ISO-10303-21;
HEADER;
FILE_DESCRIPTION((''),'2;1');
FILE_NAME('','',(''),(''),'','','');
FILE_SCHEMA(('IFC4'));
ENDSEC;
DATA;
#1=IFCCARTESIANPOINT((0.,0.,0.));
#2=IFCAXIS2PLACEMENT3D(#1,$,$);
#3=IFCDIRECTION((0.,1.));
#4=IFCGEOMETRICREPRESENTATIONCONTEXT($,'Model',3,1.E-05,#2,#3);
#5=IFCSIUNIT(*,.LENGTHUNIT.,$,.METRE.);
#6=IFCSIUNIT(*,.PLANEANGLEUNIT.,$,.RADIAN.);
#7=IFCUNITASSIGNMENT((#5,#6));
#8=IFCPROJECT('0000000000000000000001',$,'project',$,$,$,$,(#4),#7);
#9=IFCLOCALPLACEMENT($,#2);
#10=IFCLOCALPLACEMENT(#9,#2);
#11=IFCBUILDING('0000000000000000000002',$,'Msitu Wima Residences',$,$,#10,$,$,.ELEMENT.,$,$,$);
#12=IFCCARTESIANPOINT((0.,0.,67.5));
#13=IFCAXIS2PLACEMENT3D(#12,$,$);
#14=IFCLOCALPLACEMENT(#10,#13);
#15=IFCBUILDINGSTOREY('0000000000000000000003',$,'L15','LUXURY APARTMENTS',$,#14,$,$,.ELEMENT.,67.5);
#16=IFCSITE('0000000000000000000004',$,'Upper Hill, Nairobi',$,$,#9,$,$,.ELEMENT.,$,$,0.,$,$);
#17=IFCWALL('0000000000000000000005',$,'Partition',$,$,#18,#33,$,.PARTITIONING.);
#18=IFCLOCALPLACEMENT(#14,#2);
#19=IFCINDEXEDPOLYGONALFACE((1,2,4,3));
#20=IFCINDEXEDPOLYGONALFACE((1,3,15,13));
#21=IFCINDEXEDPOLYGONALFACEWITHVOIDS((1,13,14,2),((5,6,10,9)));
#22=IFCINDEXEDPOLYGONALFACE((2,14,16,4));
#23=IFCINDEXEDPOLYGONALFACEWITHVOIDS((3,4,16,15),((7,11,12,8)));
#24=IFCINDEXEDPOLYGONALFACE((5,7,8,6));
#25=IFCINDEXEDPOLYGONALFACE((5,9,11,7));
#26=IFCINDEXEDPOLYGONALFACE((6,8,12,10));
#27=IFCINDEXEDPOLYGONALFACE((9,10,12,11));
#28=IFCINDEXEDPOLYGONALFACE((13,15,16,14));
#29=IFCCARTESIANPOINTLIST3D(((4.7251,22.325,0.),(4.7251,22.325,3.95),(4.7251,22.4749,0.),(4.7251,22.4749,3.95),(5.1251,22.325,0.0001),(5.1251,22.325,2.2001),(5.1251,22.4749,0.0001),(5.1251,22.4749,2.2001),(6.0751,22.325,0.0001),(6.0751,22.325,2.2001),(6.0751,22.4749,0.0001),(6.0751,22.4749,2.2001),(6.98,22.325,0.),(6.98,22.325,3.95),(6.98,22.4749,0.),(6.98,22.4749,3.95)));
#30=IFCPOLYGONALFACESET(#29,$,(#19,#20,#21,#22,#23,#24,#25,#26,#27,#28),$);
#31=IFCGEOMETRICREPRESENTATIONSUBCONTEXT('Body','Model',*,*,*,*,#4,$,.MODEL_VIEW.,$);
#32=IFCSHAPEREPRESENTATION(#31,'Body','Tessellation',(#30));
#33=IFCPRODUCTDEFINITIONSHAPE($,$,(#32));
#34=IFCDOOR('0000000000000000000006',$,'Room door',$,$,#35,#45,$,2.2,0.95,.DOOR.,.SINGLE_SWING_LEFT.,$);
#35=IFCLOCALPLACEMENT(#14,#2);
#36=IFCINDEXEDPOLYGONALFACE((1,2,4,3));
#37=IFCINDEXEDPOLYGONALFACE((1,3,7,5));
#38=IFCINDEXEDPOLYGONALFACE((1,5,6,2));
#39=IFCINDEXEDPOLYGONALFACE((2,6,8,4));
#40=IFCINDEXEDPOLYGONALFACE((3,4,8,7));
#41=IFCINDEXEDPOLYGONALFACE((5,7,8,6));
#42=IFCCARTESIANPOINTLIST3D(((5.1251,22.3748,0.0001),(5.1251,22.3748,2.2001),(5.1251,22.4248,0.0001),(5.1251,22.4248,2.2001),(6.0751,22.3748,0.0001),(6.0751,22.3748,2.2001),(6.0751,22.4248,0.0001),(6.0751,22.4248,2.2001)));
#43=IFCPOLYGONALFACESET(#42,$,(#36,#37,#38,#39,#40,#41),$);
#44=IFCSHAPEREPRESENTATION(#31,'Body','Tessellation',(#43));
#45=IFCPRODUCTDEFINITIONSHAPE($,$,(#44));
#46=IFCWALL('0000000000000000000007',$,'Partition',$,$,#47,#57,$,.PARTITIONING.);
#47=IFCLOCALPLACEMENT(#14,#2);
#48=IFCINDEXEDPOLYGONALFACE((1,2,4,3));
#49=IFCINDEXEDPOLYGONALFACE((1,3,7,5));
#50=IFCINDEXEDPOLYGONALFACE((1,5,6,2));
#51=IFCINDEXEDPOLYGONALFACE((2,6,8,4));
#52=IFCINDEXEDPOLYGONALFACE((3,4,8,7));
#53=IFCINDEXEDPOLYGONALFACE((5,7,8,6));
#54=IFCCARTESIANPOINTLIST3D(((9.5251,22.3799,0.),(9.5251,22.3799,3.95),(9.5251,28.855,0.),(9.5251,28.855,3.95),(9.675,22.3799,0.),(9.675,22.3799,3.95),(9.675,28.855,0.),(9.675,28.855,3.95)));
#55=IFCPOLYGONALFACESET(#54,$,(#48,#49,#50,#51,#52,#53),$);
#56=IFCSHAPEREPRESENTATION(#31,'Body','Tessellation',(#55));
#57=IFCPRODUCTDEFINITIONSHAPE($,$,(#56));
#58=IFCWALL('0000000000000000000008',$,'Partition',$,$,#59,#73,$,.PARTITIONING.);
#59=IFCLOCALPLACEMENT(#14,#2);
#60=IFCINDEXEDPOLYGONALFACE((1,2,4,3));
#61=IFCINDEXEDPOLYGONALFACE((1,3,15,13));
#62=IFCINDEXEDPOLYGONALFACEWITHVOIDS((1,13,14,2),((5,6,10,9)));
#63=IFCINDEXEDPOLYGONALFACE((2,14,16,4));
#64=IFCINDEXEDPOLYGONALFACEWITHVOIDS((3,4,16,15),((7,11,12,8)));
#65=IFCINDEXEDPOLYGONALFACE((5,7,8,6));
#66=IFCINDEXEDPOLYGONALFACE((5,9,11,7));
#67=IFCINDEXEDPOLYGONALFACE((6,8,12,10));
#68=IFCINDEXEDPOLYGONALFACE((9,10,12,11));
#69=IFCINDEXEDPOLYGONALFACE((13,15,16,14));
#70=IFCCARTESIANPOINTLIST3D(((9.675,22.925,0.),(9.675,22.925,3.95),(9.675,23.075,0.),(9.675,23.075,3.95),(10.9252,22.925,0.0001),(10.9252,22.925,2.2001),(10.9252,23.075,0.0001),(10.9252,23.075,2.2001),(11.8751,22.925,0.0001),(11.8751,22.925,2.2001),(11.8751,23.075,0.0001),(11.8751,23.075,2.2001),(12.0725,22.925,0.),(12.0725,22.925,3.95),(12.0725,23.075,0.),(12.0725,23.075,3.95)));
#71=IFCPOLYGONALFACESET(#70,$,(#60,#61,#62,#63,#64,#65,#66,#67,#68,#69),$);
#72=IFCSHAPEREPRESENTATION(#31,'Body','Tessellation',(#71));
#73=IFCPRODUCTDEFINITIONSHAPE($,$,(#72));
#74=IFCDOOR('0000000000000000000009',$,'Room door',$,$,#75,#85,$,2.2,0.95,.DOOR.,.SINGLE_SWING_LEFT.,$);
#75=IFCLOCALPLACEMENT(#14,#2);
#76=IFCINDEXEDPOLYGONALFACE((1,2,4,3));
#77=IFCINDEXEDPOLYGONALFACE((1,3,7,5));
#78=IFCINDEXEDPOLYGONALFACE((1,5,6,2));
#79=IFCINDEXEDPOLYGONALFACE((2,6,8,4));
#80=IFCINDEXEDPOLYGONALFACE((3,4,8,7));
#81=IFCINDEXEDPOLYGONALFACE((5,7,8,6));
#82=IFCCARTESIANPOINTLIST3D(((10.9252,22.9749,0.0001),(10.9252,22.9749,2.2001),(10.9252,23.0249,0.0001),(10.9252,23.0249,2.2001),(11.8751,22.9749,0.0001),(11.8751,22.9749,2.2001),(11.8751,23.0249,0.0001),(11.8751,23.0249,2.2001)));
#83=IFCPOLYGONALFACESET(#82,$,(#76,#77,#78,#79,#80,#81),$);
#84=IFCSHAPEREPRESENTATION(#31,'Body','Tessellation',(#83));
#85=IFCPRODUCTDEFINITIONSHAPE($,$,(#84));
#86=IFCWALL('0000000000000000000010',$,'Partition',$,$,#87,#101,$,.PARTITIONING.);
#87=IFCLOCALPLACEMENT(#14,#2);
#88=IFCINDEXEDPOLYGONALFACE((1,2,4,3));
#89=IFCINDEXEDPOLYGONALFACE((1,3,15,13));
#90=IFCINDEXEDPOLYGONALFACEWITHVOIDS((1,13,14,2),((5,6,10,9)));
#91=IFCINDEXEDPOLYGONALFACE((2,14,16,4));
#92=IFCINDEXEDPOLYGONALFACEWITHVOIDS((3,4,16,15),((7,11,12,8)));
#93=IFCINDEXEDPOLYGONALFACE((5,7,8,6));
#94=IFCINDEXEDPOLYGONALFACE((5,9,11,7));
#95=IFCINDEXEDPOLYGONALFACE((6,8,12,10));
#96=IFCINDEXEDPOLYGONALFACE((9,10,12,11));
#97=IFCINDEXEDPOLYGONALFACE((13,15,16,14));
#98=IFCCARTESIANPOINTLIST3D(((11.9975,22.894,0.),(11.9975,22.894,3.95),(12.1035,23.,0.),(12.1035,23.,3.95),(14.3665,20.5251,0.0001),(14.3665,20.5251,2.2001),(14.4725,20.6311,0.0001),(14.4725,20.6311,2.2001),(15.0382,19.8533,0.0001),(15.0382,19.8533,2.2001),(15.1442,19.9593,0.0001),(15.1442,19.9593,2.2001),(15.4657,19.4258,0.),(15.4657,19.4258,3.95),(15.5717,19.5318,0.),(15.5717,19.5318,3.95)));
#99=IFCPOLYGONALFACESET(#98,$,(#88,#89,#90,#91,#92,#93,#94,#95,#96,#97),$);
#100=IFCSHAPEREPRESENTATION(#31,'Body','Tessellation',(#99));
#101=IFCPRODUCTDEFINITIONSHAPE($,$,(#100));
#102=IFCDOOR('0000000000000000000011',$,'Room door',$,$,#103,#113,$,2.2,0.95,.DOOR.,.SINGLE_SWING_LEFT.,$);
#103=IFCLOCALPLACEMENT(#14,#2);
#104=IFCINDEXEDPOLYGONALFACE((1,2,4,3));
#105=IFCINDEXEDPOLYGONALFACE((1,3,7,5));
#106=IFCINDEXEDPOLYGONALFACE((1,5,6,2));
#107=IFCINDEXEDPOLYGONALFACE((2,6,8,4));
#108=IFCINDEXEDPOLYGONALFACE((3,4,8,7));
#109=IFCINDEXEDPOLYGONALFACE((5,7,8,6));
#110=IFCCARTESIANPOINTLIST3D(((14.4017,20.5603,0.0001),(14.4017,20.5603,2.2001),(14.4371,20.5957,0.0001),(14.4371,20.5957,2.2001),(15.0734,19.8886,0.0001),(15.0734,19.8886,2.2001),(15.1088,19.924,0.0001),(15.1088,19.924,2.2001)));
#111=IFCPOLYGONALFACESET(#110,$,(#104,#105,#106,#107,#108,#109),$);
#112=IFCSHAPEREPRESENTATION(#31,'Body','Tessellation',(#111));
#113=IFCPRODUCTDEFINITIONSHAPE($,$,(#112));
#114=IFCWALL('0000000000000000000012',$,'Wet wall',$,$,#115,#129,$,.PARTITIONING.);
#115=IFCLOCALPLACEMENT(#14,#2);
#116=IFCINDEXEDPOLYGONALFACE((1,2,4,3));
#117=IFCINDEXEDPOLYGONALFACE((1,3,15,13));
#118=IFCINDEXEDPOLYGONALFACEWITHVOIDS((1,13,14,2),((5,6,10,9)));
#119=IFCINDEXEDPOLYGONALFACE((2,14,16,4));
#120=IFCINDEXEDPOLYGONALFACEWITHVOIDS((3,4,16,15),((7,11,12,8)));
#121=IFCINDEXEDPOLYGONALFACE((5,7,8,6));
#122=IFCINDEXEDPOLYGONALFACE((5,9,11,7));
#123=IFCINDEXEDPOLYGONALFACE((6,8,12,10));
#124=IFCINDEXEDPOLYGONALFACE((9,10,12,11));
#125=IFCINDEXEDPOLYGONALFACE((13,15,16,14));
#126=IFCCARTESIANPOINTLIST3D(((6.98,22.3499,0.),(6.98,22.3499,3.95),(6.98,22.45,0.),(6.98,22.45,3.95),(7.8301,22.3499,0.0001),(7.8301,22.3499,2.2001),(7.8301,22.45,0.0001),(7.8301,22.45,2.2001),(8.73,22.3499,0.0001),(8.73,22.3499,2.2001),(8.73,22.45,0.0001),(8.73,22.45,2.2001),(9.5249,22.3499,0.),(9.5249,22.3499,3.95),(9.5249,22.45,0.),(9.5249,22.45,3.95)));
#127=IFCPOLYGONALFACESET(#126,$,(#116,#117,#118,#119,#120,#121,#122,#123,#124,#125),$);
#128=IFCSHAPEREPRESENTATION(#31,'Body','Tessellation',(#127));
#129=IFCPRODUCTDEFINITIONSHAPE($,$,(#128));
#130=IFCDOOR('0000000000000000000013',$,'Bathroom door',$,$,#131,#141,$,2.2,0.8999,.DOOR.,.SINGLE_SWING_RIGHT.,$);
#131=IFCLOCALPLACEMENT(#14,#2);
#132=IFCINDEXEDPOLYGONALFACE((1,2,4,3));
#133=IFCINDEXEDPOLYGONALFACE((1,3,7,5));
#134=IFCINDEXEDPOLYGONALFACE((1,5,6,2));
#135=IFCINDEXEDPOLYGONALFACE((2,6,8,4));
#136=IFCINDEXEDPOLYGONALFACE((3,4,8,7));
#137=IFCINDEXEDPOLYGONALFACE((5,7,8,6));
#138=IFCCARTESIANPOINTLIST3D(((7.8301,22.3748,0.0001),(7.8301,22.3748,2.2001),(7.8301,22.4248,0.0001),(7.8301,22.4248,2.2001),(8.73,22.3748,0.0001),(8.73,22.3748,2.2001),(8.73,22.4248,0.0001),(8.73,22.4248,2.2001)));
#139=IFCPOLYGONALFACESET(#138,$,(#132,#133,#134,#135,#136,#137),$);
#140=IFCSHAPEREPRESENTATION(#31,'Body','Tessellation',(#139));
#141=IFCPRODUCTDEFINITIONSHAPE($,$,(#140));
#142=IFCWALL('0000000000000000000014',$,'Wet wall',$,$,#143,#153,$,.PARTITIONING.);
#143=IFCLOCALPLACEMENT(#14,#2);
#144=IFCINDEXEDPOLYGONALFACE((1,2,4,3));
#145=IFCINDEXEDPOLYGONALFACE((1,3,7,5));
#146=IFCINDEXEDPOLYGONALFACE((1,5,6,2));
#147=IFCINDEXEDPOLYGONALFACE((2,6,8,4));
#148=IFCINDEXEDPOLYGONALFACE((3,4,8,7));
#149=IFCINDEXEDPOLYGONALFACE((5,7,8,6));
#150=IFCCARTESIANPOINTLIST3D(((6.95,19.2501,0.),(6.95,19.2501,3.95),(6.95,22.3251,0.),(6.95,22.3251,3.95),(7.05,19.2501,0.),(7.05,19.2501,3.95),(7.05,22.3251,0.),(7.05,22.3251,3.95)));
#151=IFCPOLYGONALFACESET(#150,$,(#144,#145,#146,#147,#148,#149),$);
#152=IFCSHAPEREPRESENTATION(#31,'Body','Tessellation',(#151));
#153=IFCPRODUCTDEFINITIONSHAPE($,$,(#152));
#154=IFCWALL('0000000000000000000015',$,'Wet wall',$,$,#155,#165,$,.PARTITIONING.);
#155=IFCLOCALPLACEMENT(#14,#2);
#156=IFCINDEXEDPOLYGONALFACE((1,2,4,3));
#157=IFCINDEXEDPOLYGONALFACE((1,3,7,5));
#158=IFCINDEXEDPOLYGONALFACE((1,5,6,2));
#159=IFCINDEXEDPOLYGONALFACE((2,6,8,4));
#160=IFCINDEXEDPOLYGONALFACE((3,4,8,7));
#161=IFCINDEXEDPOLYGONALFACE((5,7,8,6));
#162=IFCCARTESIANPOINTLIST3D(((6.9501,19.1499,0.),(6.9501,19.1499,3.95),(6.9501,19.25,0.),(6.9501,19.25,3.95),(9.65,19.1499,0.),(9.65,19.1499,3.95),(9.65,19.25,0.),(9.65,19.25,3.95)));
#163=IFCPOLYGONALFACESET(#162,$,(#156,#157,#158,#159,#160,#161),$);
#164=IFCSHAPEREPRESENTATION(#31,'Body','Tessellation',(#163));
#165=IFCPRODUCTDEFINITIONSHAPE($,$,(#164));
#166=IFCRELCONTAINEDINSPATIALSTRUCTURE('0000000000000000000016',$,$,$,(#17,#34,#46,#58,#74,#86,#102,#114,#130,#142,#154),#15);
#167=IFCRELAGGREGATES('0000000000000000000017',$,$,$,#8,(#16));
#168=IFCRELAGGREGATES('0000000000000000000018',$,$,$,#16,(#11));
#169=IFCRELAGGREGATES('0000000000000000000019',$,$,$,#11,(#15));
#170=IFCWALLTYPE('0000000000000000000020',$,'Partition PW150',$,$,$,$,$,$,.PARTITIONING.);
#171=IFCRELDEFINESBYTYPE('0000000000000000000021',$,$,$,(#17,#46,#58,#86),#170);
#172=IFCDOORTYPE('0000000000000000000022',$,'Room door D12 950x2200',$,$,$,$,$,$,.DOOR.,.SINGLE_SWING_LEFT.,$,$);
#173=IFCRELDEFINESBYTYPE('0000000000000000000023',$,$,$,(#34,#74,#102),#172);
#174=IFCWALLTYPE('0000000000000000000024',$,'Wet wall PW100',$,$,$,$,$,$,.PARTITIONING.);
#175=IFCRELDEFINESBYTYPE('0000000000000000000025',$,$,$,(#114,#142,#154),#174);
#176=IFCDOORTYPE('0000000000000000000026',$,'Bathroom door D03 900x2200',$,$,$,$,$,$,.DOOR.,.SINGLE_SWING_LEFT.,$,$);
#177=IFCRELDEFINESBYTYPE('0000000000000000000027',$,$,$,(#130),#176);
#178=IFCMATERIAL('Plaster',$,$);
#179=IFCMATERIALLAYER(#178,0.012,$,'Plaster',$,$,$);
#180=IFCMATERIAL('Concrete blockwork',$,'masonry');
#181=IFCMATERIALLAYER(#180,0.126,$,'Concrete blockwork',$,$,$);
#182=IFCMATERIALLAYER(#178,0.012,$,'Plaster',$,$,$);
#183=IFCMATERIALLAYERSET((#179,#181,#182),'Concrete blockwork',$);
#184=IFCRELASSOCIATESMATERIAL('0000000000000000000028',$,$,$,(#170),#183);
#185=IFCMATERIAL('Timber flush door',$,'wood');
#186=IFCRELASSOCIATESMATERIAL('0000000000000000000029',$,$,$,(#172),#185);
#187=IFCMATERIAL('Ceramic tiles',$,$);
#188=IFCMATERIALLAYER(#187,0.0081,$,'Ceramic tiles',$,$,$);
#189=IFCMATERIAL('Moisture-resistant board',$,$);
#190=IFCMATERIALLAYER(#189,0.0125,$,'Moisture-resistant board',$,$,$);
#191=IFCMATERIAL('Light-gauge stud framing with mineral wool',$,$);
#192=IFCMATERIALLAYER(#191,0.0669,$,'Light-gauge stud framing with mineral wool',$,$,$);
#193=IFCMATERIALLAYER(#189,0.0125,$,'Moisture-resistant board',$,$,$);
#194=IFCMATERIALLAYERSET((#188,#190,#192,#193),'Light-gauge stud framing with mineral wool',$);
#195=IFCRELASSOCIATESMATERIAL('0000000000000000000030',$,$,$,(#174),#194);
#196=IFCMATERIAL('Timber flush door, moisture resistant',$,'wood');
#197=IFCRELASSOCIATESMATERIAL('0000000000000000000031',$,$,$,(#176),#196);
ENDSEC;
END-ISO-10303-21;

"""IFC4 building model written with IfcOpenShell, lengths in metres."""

from ifc_helpers import new_model, si_unit, direction, frame, frame_2d, origin, place, context, subcontext, project, spatial, rectangle, extrude, material, layer, layer_set, type_object, element, fill, save


model = new_model("IFC4")

# Units and contexts
model_context = context("Model", 3, precision=1e-05, world=origin(), true_north=direction((0.0, 1.0)))
body_context = subcontext(model_context, "Body", "Model", "MODEL_VIEW")
ifc_project = project(units=[si_unit("LENGTHUNIT", "METRE"), si_unit("PLANEANGLEUNIT", "RADIAN")], contexts=[model_context])

# Site, building, storey
site_placement = place(None, origin())
site = spatial("IfcSite", under=ifc_project, at=site_placement, Name="Upper Hill, Nairobi", CompositionType="ELEMENT", RefElevation=0.0)
building_placement = place(site_placement, origin())
building = spatial("IfcBuilding", under=site, at=building_placement, Name="Msitu Wima Residences", CompositionType="ELEMENT")
storey_placement = place(building_placement, frame((0.0, 0.0, 67.5)))
storey = spatial("IfcBuildingStorey", under=building, at=storey_placement, Name="L15", Description="LUXURY APARTMENTS", CompositionType="ELEMENT", Elevation=67.5)

# Shared definitions
ifc_material_1 = material(Name="Plaster")
ifc_layer_1 = layer(ifc_material_1, 0.012, Name="Plaster")
ifc_material_2 = material(Name="Concrete blockwork", Category="masonry")
ifc_layer_2 = layer(ifc_material_2, 0.126, Name="Concrete blockwork")
ifc_layer_3 = layer(ifc_material_1, 0.012, Name="Plaster")
ifc_layer_set_1 = layer_set([ifc_layer_1, ifc_layer_2, ifc_layer_3], Name="Concrete blockwork")
wall_type_1 = type_object("IfcWallType", Name="Partition PW150", PredefinedType="PARTITIONING", material=ifc_layer_set_1)

# Wall, opening, door
wall_1_placement = place(storey_placement, frame((4.7251, 22.3999, 0.0), z_axis=(0.0, 0.0, 1.0), x_axis=(1.0, 0.0, 0.0)))
wall_1 = element("IfcWall", 1, at=wall_1_placement, inside=storey, type_object=wall_type_1, Name="Partition", PredefinedType="PARTITIONING", context=body_context, shape_type="SweptSolid", body=[
    extrude(rectangle(XDim=2.2549, YDim=0.1499, at=frame_2d((1.1274, 0.0))), origin(), (0.0, 0.0, 1.0), 3.95),
])
opening_1_placement = place(wall_1_placement, frame((0.3999, 0.0, 0.0)))
opening_1 = element("IfcOpeningElement", 2, at=opening_1_placement, cuts=wall_1, PredefinedType="OPENING", context=body_context, shape_type="SweptSolid", body=[
    extrude(rectangle(XDim=0.95, YDim=2.2, at=frame_2d((0.4751, 1.1001))), frame((0.0, 0.085, 0.0), z_axis=(0.0, -1.0, 0.0), x_axis=(1.0, 0.0, 0.0)), (0.0, 0.0, 1.0), 0.1699),
])
ifc_material_3 = material(Name="Timber flush door", Category="wood")
door_type_1 = type_object("IfcDoorType", Name="Room door D12 950x2200", OperationType="SINGLE_SWING_LEFT", PredefinedType="DOOR", material=ifc_material_3)
door_1_placement = place(opening_1_placement, origin())
door_1 = element("IfcDoor", 3, at=door_1_placement, inside=storey, type_object=door_type_1, Name="Room door", OperationType="SINGLE_SWING_LEFT", OverallHeight=2.2, OverallWidth=0.95, PredefinedType="DOOR", context=body_context, shape_type="SweptSolid", body=[
    extrude(rectangle(XDim=0.95, YDim=2.2, at=frame_2d((0.4751, 1.1001))), frame((0.0, 0.0249, 0.0), z_axis=(0.0, -1.0, 0.0), x_axis=(1.0, 0.0, 0.0)), (0.0, 0.0, 1.0), 0.05),
])
fill(opening_1, door_1)

# Wall
wall_2_placement = place(storey_placement, frame((9.6001, 22.3799, 0.0), z_axis=(0.0, 0.0, 1.0), x_axis=(0.0, 1.0, 0.0)))
element("IfcWall", 4, at=wall_2_placement, inside=storey, type_object=wall_type_1, Name="Partition", PredefinedType="PARTITIONING", context=body_context, shape_type="SweptSolid", body=[
    extrude(rectangle(XDim=6.4751, YDim=0.1499, at=frame_2d((3.2375, 0.0))), origin(), (0.0, 0.0, 1.0), 3.95),
])

# Walls, openings, doors
wall_3_placement = place(storey_placement, frame((9.675, 23.0, 0.0), z_axis=(0.0, 0.0, 1.0), x_axis=(1.0, 0.0, 0.0)))
wall_3 = element("IfcWall", 5, at=wall_3_placement, inside=storey, type_object=wall_type_1, Name="Partition", PredefinedType="PARTITIONING", context=body_context, shape_type="SweptSolid", body=[
    extrude(rectangle(XDim=2.3975, YDim=0.1499, at=frame_2d((1.1987, 0.0))), origin(), (0.0, 0.0, 1.0), 3.95),
])
opening_2_placement = place(wall_3_placement, frame((1.25, 0.0, 0.0)))
opening_2 = element("IfcOpeningElement", 6, at=opening_2_placement, cuts=wall_3, PredefinedType="OPENING", context=body_context, shape_type="SweptSolid", body=[
    extrude(rectangle(XDim=0.95, YDim=2.2, at=frame_2d((0.4751, 1.1001))), frame((0.0, 0.085, 0.0), z_axis=(0.0, -1.0, 0.0), x_axis=(1.0, 0.0, 0.0)), (0.0, 0.0, 1.0), 0.1699),
])
door_2_placement = place(opening_2_placement, origin())
door_2 = element("IfcDoor", 7, at=door_2_placement, inside=storey, type_object=door_type_1, Name="Room door", OperationType="SINGLE_SWING_LEFT", OverallHeight=2.2, OverallWidth=0.95, PredefinedType="DOOR", context=body_context, shape_type="SweptSolid", body=[
    extrude(rectangle(XDim=0.95, YDim=2.2, at=frame_2d((0.4751, 1.1001))), frame((0.0, 0.0249, 0.0), z_axis=(0.0, -1.0, 0.0), x_axis=(1.0, 0.0, 0.0)), (0.0, 0.0, 1.0), 0.05),
])
fill(opening_2, door_2)
wall_4_placement = place(storey_placement, frame((12.0505, 22.947, 0.0), z_axis=(0.0, 0.0, 1.0), x_axis=(0.707107, -0.707107, 0.0)))
wall_4 = element("IfcWall", 8, at=wall_4_placement, inside=storey, type_object=wall_type_1, Name="Partition", PredefinedType="PARTITIONING", context=body_context, shape_type="SweptSolid", body=[
    extrude(rectangle(XDim=4.9048, YDim=0.1499, at=frame_2d((2.4524, 0.0))), origin(), (0.0, 0.0, 1.0), 3.95),
])
opening_3_placement = place(wall_4_placement, frame((3.3501, 0.0, 0.0)))
opening_3 = element("IfcOpeningElement", 9, at=opening_3_placement, cuts=wall_4, PredefinedType="OPENING", context=body_context, shape_type="SweptSolid", body=[
    extrude(rectangle(XDim=0.95, YDim=2.2, at=frame_2d((0.4751, 1.1001))), frame((0.0, 0.085, 0.0), z_axis=(0.0, -1.0, 0.0), x_axis=(1.0, 0.0, 0.0)), (0.0, 0.0, 1.0), 0.1699),
])
door_3_placement = place(opening_3_placement, origin())
door_3 = element("IfcDoor", 10, at=door_3_placement, inside=storey, type_object=door_type_1, Name="Room door", OperationType="SINGLE_SWING_LEFT", OverallHeight=2.2, OverallWidth=0.95, PredefinedType="DOOR", context=body_context, shape_type="SweptSolid", body=[
    extrude(rectangle(XDim=0.95, YDim=2.2, at=frame_2d((0.4751, 1.1001))), frame((0.0, 0.0249, 0.0), z_axis=(0.0, -1.0, 0.0), x_axis=(1.0, 0.0, 0.0)), (0.0, 0.0, 1.0), 0.05),
])
fill(opening_3, door_3)
ifc_material_4 = material(Name="Ceramic tiles")
ifc_layer_4 = layer(ifc_material_4, 0.0081, Name="Ceramic tiles")
ifc_material_5 = material(Name="Moisture-resistant board")
ifc_layer_5 = layer(ifc_material_5, 0.0125, Name="Moisture-resistant board")
ifc_material_6 = material(Name="Light-gauge stud framing with mineral wool")
ifc_layer_6 = layer(ifc_material_6, 0.0669, Name="Light-gauge stud framing with mineral wool")
ifc_layer_7 = layer(ifc_material_5, 0.0125, Name="Moisture-resistant board")
ifc_layer_set_2 = layer_set([ifc_layer_4, ifc_layer_5, ifc_layer_6, ifc_layer_7], Name="Light-gauge stud framing with mineral wool")
wall_type_2 = type_object("IfcWallType", Name="Wet wall PW100", PredefinedType="PARTITIONING", material=ifc_layer_set_2)
wall_5_placement = place(storey_placement, frame((6.98, 22.3999, 0.0), z_axis=(0.0, 0.0, 1.0), x_axis=(1.0, 0.0, 0.0)))
wall_5 = element("IfcWall", 11, at=wall_5_placement, inside=storey, type_object=wall_type_2, Name="Wet wall", PredefinedType="PARTITIONING", context=body_context, shape_type="SweptSolid", body=[
    extrude(rectangle(XDim=2.5449, YDim=0.1001, at=frame_2d((1.2725, 0.0))), origin(), (0.0, 0.0, 1.0), 3.95),
])
opening_4_placement = place(wall_5_placement, frame((0.8501, 0.0, 0.0)))
opening_4 = element("IfcOpeningElement", 12, at=opening_4_placement, cuts=wall_5, PredefinedType="OPENING", context=body_context, shape_type="SweptSolid", body=[
    extrude(rectangle(XDim=0.8999, YDim=2.2, at=frame_2d((0.45, 1.1001))), frame((0.0, 0.0601, 0.0), z_axis=(0.0, -1.0, 0.0), x_axis=(1.0, 0.0, 0.0)), (0.0, 0.0, 1.0), 0.1201),
])
ifc_material_7 = material(Name="Timber flush door, moisture resistant", Category="wood")
door_type_2 = type_object("IfcDoorType", Name="Bathroom door D03 900x2200", OperationType="SINGLE_SWING_LEFT", PredefinedType="DOOR", material=ifc_material_7)
door_4_placement = place(opening_4_placement, origin())
door_4 = element("IfcDoor", 13, at=door_4_placement, inside=storey, type_object=door_type_2, Name="Bathroom door", OperationType="SINGLE_SWING_RIGHT", OverallHeight=2.2, OverallWidth=0.8999, PredefinedType="DOOR", context=body_context, shape_type="SweptSolid", body=[
    extrude(rectangle(XDim=0.8999, YDim=2.2, at=frame_2d((0.45, 1.1001))), frame((0.0, 0.0249, 0.0), z_axis=(0.0, -1.0, 0.0), x_axis=(1.0, 0.0, 0.0)), (0.0, 0.0, 1.0), 0.05),
])
fill(opening_4, door_4)

# Walls
wall_6_placement = place(storey_placement, frame((7.0, 19.25, 0.0), z_axis=(0.0, 0.0, 1.0), x_axis=(0.0, 1.0, 0.0)))
element("IfcWall", 14, at=wall_6_placement, inside=storey, type_object=wall_type_2, Name="Wet wall", PredefinedType="PARTITIONING", context=body_context, shape_type="SweptSolid", body=[
    extrude(rectangle(XDim=3.075, YDim=0.1001, at=frame_2d((1.5376, 0.0))), origin(), (0.0, 0.0, 1.0), 3.95),
])
wall_7_placement = place(storey_placement, frame((6.95, 19.2, 0.0), z_axis=(0.0, 0.0, 1.0), x_axis=(1.0, 0.0, 0.0)))
element("IfcWall", 15, at=wall_7_placement, inside=storey, type_object=wall_type_2, Name="Wet wall", PredefinedType="PARTITIONING", context=body_context, shape_type="SweptSolid", body=[
    extrude(rectangle(XDim=2.7, YDim=0.1001, at=frame_2d((1.3501, 0.0))), origin(), (0.0, 0.0, 1.0), 3.95),
])

save(model, "model.ifc")
